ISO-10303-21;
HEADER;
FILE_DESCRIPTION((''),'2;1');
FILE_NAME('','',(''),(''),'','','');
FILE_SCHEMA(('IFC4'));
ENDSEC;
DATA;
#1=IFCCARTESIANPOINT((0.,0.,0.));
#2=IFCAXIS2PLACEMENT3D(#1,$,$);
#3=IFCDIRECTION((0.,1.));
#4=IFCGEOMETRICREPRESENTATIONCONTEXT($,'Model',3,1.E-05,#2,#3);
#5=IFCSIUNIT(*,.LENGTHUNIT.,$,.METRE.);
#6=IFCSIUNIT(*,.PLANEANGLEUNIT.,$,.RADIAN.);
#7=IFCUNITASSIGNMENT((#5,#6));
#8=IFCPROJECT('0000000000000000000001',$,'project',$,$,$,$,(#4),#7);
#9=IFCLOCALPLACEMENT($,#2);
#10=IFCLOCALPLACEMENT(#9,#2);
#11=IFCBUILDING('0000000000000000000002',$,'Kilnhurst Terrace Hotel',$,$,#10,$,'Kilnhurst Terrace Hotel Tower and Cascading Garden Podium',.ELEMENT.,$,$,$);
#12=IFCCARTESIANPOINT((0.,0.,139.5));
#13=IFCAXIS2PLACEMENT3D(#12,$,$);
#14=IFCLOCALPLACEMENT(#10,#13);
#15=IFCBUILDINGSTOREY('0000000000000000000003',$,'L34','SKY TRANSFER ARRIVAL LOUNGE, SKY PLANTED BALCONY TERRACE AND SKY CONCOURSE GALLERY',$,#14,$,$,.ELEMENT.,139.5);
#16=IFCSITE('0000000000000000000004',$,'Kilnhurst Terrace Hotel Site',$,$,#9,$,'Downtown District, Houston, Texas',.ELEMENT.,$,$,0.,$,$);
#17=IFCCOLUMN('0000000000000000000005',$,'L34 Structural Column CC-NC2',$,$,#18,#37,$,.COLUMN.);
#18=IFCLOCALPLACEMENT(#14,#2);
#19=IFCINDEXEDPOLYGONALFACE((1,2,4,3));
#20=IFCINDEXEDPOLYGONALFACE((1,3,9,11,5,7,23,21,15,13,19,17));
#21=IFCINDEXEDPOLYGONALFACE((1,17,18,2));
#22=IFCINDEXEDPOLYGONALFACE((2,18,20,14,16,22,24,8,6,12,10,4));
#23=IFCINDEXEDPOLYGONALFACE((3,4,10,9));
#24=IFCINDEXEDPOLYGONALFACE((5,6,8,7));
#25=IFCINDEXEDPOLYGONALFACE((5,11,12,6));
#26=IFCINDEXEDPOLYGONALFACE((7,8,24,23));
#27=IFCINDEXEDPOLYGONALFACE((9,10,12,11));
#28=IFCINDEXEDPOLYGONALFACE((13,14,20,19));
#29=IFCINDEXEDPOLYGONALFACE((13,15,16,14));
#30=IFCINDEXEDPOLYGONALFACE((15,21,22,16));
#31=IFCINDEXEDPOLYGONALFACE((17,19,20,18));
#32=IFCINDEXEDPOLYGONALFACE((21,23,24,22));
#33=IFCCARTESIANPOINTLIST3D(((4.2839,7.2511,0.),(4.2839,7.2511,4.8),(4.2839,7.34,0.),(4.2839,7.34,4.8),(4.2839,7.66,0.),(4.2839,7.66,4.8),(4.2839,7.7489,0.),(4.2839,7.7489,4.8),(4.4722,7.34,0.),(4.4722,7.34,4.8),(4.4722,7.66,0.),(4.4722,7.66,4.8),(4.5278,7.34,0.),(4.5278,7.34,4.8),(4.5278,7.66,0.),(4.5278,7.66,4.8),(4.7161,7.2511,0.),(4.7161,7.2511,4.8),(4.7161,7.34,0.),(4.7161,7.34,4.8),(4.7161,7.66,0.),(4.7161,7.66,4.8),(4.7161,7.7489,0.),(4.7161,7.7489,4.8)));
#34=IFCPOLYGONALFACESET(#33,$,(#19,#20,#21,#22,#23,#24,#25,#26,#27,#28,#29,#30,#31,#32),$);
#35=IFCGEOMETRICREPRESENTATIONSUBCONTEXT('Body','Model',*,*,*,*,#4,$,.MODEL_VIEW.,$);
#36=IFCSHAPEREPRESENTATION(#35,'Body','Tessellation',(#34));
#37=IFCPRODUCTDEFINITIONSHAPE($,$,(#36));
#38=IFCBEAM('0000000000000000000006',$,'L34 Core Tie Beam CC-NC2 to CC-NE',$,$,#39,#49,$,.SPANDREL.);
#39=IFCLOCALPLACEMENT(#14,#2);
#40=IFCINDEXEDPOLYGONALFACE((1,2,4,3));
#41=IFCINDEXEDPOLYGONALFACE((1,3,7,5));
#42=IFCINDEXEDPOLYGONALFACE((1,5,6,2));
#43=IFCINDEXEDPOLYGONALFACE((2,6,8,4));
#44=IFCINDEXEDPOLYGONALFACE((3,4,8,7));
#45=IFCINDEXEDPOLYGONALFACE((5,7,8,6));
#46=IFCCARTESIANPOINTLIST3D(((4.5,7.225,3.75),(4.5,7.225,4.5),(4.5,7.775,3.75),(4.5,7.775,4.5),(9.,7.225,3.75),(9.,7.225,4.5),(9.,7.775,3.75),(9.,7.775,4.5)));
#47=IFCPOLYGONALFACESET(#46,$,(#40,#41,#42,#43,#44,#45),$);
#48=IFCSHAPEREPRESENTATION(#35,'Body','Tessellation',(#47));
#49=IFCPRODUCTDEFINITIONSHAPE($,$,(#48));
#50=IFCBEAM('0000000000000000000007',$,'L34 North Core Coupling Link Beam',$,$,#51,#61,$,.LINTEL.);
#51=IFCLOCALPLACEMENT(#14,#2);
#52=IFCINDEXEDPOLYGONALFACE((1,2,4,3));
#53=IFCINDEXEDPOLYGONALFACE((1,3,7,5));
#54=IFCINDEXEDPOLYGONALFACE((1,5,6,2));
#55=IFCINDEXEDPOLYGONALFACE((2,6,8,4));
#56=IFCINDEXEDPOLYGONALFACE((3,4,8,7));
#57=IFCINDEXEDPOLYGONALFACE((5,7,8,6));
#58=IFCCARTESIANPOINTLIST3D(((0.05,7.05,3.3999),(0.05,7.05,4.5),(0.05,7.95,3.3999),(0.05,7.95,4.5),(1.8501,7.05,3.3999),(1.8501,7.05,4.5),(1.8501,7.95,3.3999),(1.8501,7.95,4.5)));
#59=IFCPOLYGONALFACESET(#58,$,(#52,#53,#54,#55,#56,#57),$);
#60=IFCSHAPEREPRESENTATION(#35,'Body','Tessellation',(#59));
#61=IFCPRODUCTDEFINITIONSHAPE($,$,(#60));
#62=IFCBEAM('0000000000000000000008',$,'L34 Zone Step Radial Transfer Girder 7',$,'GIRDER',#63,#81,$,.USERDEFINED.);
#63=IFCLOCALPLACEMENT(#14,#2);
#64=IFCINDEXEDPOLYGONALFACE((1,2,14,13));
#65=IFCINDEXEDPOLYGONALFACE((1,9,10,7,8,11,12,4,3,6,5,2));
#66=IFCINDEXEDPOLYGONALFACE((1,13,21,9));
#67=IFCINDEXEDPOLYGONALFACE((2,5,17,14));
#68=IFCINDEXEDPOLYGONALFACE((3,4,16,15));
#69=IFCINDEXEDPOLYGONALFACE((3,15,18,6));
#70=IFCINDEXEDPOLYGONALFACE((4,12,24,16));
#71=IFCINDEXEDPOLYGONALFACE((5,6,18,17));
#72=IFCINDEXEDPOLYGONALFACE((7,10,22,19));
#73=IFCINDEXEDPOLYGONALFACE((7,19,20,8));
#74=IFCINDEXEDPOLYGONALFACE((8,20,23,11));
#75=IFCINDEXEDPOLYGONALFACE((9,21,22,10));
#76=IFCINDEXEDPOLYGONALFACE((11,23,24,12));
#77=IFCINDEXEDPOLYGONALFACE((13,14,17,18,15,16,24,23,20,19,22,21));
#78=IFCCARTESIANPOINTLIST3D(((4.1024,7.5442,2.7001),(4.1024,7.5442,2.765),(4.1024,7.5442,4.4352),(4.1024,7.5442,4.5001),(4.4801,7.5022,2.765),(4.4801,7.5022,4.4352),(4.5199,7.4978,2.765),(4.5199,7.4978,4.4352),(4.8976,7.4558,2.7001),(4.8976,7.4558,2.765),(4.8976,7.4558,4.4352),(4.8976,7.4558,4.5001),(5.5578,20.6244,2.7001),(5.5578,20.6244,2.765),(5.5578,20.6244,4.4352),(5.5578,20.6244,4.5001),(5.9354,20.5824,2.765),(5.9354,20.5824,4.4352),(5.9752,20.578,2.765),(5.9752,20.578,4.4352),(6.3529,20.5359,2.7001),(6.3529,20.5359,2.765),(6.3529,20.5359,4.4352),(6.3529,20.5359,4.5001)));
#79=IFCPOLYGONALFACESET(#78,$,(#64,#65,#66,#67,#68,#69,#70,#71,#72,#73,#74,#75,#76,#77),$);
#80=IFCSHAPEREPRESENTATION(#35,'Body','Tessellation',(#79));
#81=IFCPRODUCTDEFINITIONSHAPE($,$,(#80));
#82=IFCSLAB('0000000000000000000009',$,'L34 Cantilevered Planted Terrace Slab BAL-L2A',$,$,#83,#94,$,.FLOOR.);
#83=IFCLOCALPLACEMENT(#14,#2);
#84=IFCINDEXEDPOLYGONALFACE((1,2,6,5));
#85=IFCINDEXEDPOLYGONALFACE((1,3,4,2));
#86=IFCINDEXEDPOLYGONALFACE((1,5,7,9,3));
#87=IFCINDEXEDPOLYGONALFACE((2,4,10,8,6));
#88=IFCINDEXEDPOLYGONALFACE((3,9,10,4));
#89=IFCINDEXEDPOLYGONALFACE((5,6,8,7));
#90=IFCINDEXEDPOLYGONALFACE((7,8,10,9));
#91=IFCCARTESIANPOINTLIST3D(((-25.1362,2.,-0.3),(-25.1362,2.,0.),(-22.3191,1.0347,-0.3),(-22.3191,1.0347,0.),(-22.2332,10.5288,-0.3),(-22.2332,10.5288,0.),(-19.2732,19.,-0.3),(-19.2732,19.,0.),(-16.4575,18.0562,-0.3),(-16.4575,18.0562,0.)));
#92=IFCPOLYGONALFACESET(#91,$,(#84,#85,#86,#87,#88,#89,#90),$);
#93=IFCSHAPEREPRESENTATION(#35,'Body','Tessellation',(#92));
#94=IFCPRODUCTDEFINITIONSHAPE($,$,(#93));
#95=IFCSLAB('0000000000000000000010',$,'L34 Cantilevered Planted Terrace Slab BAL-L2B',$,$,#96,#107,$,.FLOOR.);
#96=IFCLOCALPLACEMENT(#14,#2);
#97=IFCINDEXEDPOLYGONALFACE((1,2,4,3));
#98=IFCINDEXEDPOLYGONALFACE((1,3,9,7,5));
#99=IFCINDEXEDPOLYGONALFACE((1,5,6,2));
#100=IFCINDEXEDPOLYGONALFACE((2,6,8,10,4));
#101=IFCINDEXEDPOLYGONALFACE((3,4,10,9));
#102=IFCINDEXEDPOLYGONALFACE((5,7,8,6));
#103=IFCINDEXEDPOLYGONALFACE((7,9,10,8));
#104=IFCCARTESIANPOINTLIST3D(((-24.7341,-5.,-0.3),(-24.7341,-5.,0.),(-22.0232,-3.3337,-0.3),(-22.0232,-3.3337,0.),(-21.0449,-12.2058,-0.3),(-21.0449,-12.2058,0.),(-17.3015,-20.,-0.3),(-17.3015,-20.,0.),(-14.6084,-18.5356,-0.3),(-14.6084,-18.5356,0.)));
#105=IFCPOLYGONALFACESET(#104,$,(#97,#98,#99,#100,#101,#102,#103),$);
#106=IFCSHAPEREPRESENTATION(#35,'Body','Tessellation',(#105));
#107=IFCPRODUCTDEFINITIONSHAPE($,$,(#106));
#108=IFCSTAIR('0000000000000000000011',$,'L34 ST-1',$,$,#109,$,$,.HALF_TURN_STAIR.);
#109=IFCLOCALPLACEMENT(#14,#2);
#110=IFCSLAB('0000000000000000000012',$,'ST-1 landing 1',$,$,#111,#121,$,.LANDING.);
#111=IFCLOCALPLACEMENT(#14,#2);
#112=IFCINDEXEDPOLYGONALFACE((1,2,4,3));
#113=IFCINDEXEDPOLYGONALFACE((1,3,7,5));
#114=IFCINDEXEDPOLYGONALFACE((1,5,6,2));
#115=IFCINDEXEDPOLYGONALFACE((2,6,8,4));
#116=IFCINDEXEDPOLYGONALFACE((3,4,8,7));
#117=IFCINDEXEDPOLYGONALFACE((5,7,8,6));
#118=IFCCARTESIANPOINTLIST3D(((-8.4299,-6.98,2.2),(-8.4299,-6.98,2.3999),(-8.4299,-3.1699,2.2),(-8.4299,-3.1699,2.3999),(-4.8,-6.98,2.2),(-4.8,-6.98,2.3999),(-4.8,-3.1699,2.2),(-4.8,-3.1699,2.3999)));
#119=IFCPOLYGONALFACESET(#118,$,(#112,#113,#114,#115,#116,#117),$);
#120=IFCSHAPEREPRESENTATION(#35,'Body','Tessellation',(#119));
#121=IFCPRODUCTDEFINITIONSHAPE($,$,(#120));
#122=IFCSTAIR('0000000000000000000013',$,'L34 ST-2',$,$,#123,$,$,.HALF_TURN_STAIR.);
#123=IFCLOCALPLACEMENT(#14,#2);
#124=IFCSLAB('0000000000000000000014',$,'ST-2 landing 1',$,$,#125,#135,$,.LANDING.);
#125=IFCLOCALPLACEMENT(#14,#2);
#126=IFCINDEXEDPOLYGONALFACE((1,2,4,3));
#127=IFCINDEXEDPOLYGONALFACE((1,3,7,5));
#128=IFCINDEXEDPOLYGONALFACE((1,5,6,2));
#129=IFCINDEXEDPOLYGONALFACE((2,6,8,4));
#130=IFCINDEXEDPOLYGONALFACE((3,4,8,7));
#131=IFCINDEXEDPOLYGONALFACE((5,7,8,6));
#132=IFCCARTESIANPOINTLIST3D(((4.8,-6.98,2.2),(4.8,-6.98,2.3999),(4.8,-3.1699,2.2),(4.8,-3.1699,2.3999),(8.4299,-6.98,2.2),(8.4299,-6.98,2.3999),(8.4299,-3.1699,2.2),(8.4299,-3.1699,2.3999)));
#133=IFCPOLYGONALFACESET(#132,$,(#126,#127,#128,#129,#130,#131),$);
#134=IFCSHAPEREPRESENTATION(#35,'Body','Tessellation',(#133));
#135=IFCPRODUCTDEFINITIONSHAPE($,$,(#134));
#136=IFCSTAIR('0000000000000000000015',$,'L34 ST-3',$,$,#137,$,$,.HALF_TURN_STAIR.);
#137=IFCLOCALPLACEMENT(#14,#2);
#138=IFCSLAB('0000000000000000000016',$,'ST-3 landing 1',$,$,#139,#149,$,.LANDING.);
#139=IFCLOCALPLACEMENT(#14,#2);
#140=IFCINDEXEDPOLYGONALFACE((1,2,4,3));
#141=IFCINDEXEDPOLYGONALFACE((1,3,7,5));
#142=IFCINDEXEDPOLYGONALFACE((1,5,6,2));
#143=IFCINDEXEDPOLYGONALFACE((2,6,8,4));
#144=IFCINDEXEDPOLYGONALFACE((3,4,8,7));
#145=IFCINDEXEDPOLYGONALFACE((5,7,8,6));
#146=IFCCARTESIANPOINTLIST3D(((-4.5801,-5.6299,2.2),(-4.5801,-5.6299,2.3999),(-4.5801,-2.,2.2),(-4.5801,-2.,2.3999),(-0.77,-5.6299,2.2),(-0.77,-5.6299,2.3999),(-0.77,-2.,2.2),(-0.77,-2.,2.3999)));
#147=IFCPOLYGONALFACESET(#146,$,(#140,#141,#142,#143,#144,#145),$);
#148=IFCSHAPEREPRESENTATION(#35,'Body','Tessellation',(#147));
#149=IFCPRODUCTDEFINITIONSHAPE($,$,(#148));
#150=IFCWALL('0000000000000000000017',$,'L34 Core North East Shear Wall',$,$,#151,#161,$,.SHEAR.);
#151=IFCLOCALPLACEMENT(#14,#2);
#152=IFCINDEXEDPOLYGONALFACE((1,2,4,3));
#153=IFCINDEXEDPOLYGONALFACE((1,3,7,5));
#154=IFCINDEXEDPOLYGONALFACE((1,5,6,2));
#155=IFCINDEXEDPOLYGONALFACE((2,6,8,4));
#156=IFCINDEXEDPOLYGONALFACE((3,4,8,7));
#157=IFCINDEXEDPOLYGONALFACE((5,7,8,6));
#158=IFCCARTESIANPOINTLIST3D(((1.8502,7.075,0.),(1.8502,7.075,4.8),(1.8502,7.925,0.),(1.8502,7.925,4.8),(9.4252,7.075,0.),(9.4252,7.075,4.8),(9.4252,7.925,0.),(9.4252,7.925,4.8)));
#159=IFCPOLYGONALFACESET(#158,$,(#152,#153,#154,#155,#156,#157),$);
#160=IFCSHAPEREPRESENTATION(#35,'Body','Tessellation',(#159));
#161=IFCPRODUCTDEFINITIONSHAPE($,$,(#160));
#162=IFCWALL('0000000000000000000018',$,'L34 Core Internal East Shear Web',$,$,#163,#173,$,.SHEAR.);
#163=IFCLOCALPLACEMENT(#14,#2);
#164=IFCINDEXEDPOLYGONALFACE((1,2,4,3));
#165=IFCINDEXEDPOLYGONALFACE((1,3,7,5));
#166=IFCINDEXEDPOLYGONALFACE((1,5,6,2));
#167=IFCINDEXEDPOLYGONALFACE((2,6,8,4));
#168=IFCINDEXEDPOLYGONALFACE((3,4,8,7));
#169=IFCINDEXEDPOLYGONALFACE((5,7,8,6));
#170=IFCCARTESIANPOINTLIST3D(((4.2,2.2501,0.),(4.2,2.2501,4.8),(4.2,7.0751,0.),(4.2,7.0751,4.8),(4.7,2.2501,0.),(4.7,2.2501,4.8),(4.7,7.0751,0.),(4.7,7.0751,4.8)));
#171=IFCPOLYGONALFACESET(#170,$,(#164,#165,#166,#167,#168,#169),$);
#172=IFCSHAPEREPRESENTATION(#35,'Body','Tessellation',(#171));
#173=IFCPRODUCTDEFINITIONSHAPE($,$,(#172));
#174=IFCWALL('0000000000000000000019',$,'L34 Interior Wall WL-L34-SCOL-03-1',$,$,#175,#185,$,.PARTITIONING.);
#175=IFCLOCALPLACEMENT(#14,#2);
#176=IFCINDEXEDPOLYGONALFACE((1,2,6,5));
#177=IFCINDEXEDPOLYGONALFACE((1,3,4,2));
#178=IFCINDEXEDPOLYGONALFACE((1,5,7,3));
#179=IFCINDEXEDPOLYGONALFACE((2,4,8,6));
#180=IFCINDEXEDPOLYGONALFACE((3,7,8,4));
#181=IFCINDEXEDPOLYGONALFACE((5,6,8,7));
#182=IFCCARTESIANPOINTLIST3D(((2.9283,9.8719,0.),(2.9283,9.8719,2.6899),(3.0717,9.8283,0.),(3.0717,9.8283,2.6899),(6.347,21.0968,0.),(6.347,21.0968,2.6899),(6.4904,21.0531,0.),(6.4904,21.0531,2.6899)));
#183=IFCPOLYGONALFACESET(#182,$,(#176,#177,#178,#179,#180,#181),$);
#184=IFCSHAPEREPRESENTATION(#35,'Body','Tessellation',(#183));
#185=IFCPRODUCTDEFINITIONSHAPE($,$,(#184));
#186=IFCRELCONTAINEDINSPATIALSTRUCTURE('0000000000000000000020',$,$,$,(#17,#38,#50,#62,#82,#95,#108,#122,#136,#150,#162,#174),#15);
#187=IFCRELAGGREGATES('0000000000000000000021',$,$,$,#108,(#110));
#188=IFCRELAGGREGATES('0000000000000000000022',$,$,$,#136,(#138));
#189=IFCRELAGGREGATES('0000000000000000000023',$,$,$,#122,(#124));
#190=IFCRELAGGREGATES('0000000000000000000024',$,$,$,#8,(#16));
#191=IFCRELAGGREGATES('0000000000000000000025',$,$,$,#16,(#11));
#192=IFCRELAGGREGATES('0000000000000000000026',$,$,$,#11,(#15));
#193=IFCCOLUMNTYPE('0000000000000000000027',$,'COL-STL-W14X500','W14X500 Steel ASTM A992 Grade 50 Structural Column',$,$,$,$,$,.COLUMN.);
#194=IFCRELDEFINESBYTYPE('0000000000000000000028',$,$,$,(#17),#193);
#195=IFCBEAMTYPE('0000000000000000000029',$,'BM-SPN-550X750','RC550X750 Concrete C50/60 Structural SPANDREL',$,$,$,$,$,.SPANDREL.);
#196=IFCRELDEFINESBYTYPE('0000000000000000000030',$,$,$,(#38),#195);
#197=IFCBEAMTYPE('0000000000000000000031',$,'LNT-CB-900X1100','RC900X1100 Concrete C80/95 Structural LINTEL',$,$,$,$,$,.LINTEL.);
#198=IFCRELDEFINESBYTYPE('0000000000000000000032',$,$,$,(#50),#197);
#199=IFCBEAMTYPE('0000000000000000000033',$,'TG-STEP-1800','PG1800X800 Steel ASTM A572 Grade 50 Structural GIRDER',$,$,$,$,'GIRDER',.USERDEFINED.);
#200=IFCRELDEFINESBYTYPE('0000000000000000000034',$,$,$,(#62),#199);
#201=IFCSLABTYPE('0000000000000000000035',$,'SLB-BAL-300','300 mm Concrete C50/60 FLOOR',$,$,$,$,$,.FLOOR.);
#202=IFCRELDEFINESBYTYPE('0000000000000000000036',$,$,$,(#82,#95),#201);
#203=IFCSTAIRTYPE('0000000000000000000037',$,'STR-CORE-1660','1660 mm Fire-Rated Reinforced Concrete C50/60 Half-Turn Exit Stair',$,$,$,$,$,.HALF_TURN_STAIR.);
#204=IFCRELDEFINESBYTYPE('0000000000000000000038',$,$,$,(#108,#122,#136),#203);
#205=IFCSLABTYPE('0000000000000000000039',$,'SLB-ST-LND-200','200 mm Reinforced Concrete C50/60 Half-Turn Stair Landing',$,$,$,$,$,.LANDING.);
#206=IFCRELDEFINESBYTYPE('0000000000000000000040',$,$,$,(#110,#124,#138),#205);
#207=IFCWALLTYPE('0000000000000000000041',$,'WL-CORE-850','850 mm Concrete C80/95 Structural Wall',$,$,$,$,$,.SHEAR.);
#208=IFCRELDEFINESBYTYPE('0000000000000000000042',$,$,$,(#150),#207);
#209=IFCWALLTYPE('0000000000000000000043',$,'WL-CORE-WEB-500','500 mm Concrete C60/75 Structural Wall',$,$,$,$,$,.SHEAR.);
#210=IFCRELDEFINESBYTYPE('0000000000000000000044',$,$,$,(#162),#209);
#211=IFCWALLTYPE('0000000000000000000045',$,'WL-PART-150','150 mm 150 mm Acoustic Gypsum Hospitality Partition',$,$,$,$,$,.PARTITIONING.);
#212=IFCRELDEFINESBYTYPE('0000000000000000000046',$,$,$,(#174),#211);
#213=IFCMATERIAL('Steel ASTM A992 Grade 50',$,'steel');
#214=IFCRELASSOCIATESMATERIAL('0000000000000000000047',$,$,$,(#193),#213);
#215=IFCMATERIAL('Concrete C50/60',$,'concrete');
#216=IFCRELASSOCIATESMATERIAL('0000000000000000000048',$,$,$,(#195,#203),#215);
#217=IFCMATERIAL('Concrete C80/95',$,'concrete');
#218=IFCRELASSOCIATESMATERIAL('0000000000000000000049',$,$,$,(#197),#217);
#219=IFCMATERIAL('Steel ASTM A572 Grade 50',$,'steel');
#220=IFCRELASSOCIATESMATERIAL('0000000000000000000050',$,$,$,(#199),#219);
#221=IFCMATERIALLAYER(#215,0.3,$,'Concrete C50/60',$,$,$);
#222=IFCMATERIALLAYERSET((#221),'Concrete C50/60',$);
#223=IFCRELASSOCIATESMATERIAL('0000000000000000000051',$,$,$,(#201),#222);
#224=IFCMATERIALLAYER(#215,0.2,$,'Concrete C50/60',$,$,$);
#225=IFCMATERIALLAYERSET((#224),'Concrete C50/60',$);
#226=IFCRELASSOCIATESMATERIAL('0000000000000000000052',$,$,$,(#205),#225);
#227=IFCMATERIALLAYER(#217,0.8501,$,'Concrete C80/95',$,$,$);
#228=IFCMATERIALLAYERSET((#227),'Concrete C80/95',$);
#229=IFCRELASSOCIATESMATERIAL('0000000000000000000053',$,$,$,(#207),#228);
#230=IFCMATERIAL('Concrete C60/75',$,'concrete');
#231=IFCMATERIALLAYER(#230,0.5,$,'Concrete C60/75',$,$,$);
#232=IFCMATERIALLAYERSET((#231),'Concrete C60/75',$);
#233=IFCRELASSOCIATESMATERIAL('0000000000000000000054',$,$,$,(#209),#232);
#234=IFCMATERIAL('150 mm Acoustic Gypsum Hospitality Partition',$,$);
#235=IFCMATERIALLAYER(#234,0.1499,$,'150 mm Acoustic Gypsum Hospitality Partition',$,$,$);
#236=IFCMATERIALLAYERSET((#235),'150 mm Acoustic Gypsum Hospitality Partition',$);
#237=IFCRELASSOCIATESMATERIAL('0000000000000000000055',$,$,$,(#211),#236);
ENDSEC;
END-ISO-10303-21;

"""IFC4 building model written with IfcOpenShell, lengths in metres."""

from ifc_helpers import new_model, si_unit, direction, frame, frame_2d, origin, origin_2d, place, context, subcontext, project, spatial, polyline, rectangle, i_section, outline, extrude, material, layer, layer_set, material_profile, profile_set, type_object, element, aggregate, save


model = new_model("IFC4")

# Units and contexts
model_context = context("Model", 3, precision=1e-05, world=origin(), true_north=direction((0.0, 1.0)))
body_context = subcontext(model_context, "Body", "Model", "MODEL_VIEW")
ifc_project = project(units=[si_unit("LENGTHUNIT", "METRE"), si_unit("PLANEANGLEUNIT", "RADIAN")], contexts=[model_context])

# Site, building, storey
site_placement = place(None, origin())
site = spatial("IfcSite", under=ifc_project, at=site_placement, Name="Kilnhurst Terrace Hotel Site", LongName="Downtown District, Houston, Texas", CompositionType="ELEMENT", RefElevation=0.0)
building_placement = place(site_placement, origin())
building = spatial("IfcBuilding", under=site, at=building_placement, Name="Kilnhurst Terrace Hotel", LongName="Kilnhurst Terrace Hotel Tower and Cascading Garden Podium", CompositionType="ELEMENT")
storey_placement = place(building_placement, frame((0.0, 0.0, 139.5)))
storey = spatial("IfcBuildingStorey", under=building, at=storey_placement, Name="L34", Description="SKY TRANSFER ARRIVAL LOUNGE, SKY PLANTED BALCONY TERRACE AND SKY CONCOURSE GALLERY", CompositionType="ELEMENT", Elevation=139.5)

# Column
ifc_material_1 = material(Name="Steel ASTM A992 Grade 50", Category="steel")
ifc_material_profile_1 = material_profile(ifc_material_1, i_section(OverallWidth=0.4321, OverallDepth=0.4978, WebThickness=0.0557, FlangeThickness=0.0889, at=origin_2d()), Name="W14X500")
ifc_profile_set_1 = profile_set([ifc_material_profile_1], Name="Steel ASTM A992 Grade 50")
column_type = type_object("IfcColumnType", Name="COL-STL-W14X500", Description="W14X500 Steel ASTM A992 Grade 50 Structural Column", PredefinedType="COLUMN", material=ifc_profile_set_1)
column_placement = place(storey_placement, frame((4.5, 7.5, 0.0), z_axis=(0.0, 0.0, 1.0), x_axis=(1.0, 0.0, 0.0)))
element("IfcColumn", 1, at=column_placement, inside=storey, type_object=column_type, Name="L34 Structural Column CC-NC2", PredefinedType="COLUMN", context=body_context, shape_type="SweptSolid", body=[
    extrude(i_section(OverallWidth=0.4321, OverallDepth=0.4978, WebThickness=0.0557, FlangeThickness=0.0889, at=origin_2d()), origin(), (0.0, 0.0, 1.0), 4.8),
])

# Beams
ifc_material_2 = material(Name="Concrete C50/60", Category="concrete")
ifc_material_profile_2 = material_profile(ifc_material_2, rectangle(XDim=0.55, YDim=0.75, at=origin_2d()), Name="RC550X750")
ifc_profile_set_2 = profile_set([ifc_material_profile_2], Name="Concrete C50/60")
beam_type_1 = type_object("IfcBeamType", Name="BM-SPN-550X750", Description="RC550X750 Concrete C50/60 Structural SPANDREL", PredefinedType="SPANDREL", material=ifc_profile_set_2)
beam_1_placement = place(storey_placement, frame((4.5, 7.5, 4.125), z_axis=(1.0, 0.0, 0.0), x_axis=(0.0, 1.0, 0.0)))
element("IfcBeam", 2, at=beam_1_placement, inside=storey, type_object=beam_type_1, Name="L34 Core Tie Beam CC-NC2 to CC-NE", PredefinedType="SPANDREL", context=body_context, shape_type="SweptSolid", body=[
    extrude(rectangle(XDim=0.55, YDim=0.75, at=origin_2d()), origin(), (0.0, 0.0, 1.0), 4.5),
])
ifc_material_3 = material(Name="Concrete C80/95", Category="concrete")
ifc_material_profile_3 = material_profile(ifc_material_3, rectangle(XDim=0.8999, YDim=1.1001, at=origin_2d()), Name="RC900X1100")
ifc_profile_set_3 = profile_set([ifc_material_profile_3], Name="Concrete C80/95")
beam_type_2 = type_object("IfcBeamType", Name="LNT-CB-900X1100", Description="RC900X1100 Concrete C80/95 Structural LINTEL", PredefinedType="LINTEL", material=ifc_profile_set_3)
beam_2_placement = place(storey_placement, frame((0.05, 7.5, 3.95), z_axis=(1.0, 0.0, 0.0), x_axis=(0.0, 1.0, 0.0)))
element("IfcBeam", 3, at=beam_2_placement, inside=storey, type_object=beam_type_2, Name="L34 North Core Coupling Link Beam", PredefinedType="LINTEL", context=body_context, shape_type="SweptSolid", body=[
    extrude(rectangle(XDim=0.8999, YDim=1.1001, at=origin_2d()), origin(), (0.0, 0.0, 1.0), 1.8),
])
ifc_material_4 = material(Name="Steel ASTM A572 Grade 50", Category="steel")
ifc_material_profile_4 = material_profile(ifc_material_4, i_section(OverallWidth=0.8, OverallDepth=1.8, WebThickness=0.04, FlangeThickness=0.0649, at=origin_2d()), Name="PG1800X800")
ifc_profile_set_4 = profile_set([ifc_material_profile_4], Name="Steel ASTM A572 Grade 50")
beam_type_3 = type_object("IfcBeamType", Name="TG-STEP-1800", Description="PG1800X800 Steel ASTM A572 Grade 50 Structural GIRDER", ElementType="GIRDER", PredefinedType="USERDEFINED", material=ifc_profile_set_4)
beam_3_placement = place(storey_placement, frame((4.5, 7.5, 3.6001), z_axis=(0.11058, 0.993867, 0.0), x_axis=(-0.993867, 0.11058, 0.0)))
element("IfcBeam", 4, at=beam_3_placement, inside=storey, type_object=beam_type_3, Name="L34 Zone Step Radial Transfer Girder 7", ObjectType="GIRDER", PredefinedType="USERDEFINED", context=body_context, shape_type="SweptSolid", body=[
    extrude(i_section(OverallWidth=0.8, OverallDepth=1.8, WebThickness=0.04, FlangeThickness=0.0649, at=origin_2d()), origin(), (0.0, 0.0, 1.0), 13.1609),
])

# Slabs
ifc_layer_1 = layer(ifc_material_2, 0.3, Name="Concrete C50/60")
ifc_layer_set_1 = layer_set([ifc_layer_1], Name="Concrete C50/60")
slab_type_1 = type_object("IfcSlabType", Name="SLB-BAL-300", Description="300 mm Concrete C50/60 FLOOR", PredefinedType="FLOOR", material=ifc_layer_set_1)
slab_1_placement = place(storey_placement, frame((0.0, 0.0, -0.3)))
element("IfcSlab", 5, at=slab_1_placement, inside=storey, type_object=slab_type_1, Name="L34 Cantilevered Planted Terrace Slab BAL-L2A", PredefinedType="FLOOR", context=body_context, shape_type="SweptSolid", body=[
    extrude(outline(polyline([(-19.2732, 19.0), (-16.4575, 18.0562), (-22.3191, 1.0347), (-25.1362, 2.0), (-22.2332, 10.5288), (-19.2732, 19.0)])), origin(), (0.0, 0.0, 1.0), 0.3),
])
slab_2_placement = place(storey_placement, frame((0.0, 0.0, -0.3)))
element("IfcSlab", 6, at=slab_2_placement, inside=storey, type_object=slab_type_1, Name="L34 Cantilevered Planted Terrace Slab BAL-L2B", PredefinedType="FLOOR", context=body_context, shape_type="SweptSolid", body=[
    extrude(outline(polyline([(-24.7341, -5.0), (-22.0232, -3.3337), (-14.6084, -18.5356), (-17.3015, -20.0), (-21.0449, -12.2058), (-24.7341, -5.0)])), origin(), (0.0, 0.0, 1.0), 0.3),
])

# Stairs, slabs
stair_type = type_object("IfcStairType", Name="STR-CORE-1660", Description="1660 mm Fire-Rated Reinforced Concrete C50/60 Half-Turn Exit Stair", PredefinedType="HALF_TURN_STAIR", material=ifc_material_2)
stair_1_placement = place(storey_placement, origin())
stair_1 = element("IfcStair", 7, at=stair_1_placement, inside=storey, type_object=stair_type, Name="L34 ST-1", PredefinedType="HALF_TURN_STAIR")
ifc_layer_2 = layer(ifc_material_2, 0.2, Name="Concrete C50/60")
ifc_layer_set_2 = layer_set([ifc_layer_2], Name="Concrete C50/60")
slab_type_2 = type_object("IfcSlabType", Name="SLB-ST-LND-200", Description="200 mm Reinforced Concrete C50/60 Half-Turn Stair Landing", PredefinedType="LANDING", material=ifc_layer_set_2)
slab_3_placement = place(storey_placement, frame((0.0, 0.0, 2.2)))
slab_3 = element("IfcSlab", 8, at=slab_3_placement, type_object=slab_type_2, Name="ST-1 landing 1", PredefinedType="LANDING", context=body_context, shape_type="SweptSolid", body=[
    extrude(outline(polyline([(-8.4299, -3.1699), (-4.8, -3.1699), (-4.8, -6.98), (-8.4299, -6.98), (-8.4299, -3.1699)])), origin(), (0.0, 0.0, 1.0), 0.2),
])
aggregate(stair_1, [slab_3])
stair_2_placement = place(storey_placement, origin())
stair_2 = element("IfcStair", 9, at=stair_2_placement, inside=storey, type_object=stair_type, Name="L34 ST-2", PredefinedType="HALF_TURN_STAIR")
slab_4_placement = place(storey_placement, frame((0.0, 0.0, 2.2)))
slab_4 = element("IfcSlab", 10, at=slab_4_placement, type_object=slab_type_2, Name="ST-2 landing 1", PredefinedType="LANDING", context=body_context, shape_type="SweptSolid", body=[
    extrude(outline(polyline([(4.8, -3.1699), (8.4299, -3.1699), (8.4299, -6.98), (4.8, -6.98), (4.8, -3.1699)])), origin(), (0.0, 0.0, 1.0), 0.2),
])
stair_3_placement = place(storey_placement, origin())
stair_3 = element("IfcStair", 11, at=stair_3_placement, inside=storey, type_object=stair_type, Name="L34 ST-3", PredefinedType="HALF_TURN_STAIR")
slab_5_placement = place(storey_placement, frame((0.0, 0.0, 2.2)))
slab_5 = element("IfcSlab", 12, at=slab_5_placement, type_object=slab_type_2, Name="ST-3 landing 1", PredefinedType="LANDING", context=body_context, shape_type="SweptSolid", body=[
    extrude(outline(polyline([(-0.77, -2.0), (-0.77, -5.6299), (-4.5801, -5.6299), (-4.5801, -2.0), (-0.77, -2.0)])), origin(), (0.0, 0.0, 1.0), 0.2),
])
aggregate(stair_3, [slab_5])

# Walls
ifc_layer_3 = layer(ifc_material_3, 0.8501, Name="Concrete C80/95")
ifc_layer_set_3 = layer_set([ifc_layer_3], Name="Concrete C80/95")
wall_type_1 = type_object("IfcWallType", Name="WL-CORE-850", Description="850 mm Concrete C80/95 Structural Wall", PredefinedType="SHEAR", material=ifc_layer_set_3)
wall_1_placement = place(storey_placement, frame((1.8501, 7.5, 0.0), z_axis=(0.0, 0.0, 1.0), x_axis=(1.0, 0.0, 0.0)))
element("IfcWall", 13, at=wall_1_placement, inside=storey, type_object=wall_type_1, Name="L34 Core North East Shear Wall", PredefinedType="SHEAR", context=body_context, shape_type="SweptSolid", body=[
    extrude(rectangle(XDim=7.575, YDim=0.8501, at=frame_2d((3.7876, 0.0))), origin(), (0.0, 0.0, 1.0), 4.8),
])
ifc_material_5 = material(Name="Concrete C60/75", Category="concrete")
ifc_layer_4 = layer(ifc_material_5, 0.5, Name="Concrete C60/75")
ifc_layer_set_4 = layer_set([ifc_layer_4], Name="Concrete C60/75")
wall_type_2 = type_object("IfcWallType", Name="WL-CORE-WEB-500", Description="500 mm Concrete C60/75 Structural Wall", PredefinedType="SHEAR", material=ifc_layer_set_4)
wall_2_placement = place(storey_placement, frame((4.45, 2.25, 0.0), z_axis=(0.0, 0.0, 1.0), x_axis=(0.0, 1.0, 0.0)))
element("IfcWall", 14, at=wall_2_placement, inside=storey, type_object=wall_type_2, Name="L34 Core Internal East Shear Web", PredefinedType="SHEAR", context=body_context, shape_type="SweptSolid", body=[
    extrude(rectangle(XDim=4.825, YDim=0.5, at=frame_2d((2.4126, 0.0))), origin(), (0.0, 0.0, 1.0), 4.8),
])
ifc_material_6 = material(Name="150 mm Acoustic Gypsum Hospitality Partition")
ifc_layer_5 = layer(ifc_material_6, 0.1499, Name="150 mm Acoustic Gypsum Hospitality Partition")
ifc_layer_set_5 = layer_set([ifc_layer_5], Name="150 mm Acoustic Gypsum Hospitality Partition")
wall_type_3 = type_object("IfcWallType", Name="WL-PART-150", Description="150 mm 150 mm Acoustic Gypsum Hospitality Partition", PredefinedType="PARTITIONING", material=ifc_layer_set_5)
wall_3_placement = place(storey_placement, frame((3.0, 9.8501, 0.0), z_axis=(0.0, 0.0, 1.0), x_axis=(0.291352, 0.956616, 0.0)))
element("IfcWall", 15, at=wall_3_placement, inside=storey, type_object=wall_type_3, Name="L34 Interior Wall WL-L34-SCOL-03-1", PredefinedType="PARTITIONING", context=body_context, shape_type="SweptSolid", body=[
    extrude(rectangle(XDim=11.7339, YDim=0.1499, at=frame_2d((5.8669, 0.0))), origin(), (0.0, 0.0, 1.0), 2.6899),
])

aggregate(stair_2, [slab_4])

save(model, "model.ifc")
